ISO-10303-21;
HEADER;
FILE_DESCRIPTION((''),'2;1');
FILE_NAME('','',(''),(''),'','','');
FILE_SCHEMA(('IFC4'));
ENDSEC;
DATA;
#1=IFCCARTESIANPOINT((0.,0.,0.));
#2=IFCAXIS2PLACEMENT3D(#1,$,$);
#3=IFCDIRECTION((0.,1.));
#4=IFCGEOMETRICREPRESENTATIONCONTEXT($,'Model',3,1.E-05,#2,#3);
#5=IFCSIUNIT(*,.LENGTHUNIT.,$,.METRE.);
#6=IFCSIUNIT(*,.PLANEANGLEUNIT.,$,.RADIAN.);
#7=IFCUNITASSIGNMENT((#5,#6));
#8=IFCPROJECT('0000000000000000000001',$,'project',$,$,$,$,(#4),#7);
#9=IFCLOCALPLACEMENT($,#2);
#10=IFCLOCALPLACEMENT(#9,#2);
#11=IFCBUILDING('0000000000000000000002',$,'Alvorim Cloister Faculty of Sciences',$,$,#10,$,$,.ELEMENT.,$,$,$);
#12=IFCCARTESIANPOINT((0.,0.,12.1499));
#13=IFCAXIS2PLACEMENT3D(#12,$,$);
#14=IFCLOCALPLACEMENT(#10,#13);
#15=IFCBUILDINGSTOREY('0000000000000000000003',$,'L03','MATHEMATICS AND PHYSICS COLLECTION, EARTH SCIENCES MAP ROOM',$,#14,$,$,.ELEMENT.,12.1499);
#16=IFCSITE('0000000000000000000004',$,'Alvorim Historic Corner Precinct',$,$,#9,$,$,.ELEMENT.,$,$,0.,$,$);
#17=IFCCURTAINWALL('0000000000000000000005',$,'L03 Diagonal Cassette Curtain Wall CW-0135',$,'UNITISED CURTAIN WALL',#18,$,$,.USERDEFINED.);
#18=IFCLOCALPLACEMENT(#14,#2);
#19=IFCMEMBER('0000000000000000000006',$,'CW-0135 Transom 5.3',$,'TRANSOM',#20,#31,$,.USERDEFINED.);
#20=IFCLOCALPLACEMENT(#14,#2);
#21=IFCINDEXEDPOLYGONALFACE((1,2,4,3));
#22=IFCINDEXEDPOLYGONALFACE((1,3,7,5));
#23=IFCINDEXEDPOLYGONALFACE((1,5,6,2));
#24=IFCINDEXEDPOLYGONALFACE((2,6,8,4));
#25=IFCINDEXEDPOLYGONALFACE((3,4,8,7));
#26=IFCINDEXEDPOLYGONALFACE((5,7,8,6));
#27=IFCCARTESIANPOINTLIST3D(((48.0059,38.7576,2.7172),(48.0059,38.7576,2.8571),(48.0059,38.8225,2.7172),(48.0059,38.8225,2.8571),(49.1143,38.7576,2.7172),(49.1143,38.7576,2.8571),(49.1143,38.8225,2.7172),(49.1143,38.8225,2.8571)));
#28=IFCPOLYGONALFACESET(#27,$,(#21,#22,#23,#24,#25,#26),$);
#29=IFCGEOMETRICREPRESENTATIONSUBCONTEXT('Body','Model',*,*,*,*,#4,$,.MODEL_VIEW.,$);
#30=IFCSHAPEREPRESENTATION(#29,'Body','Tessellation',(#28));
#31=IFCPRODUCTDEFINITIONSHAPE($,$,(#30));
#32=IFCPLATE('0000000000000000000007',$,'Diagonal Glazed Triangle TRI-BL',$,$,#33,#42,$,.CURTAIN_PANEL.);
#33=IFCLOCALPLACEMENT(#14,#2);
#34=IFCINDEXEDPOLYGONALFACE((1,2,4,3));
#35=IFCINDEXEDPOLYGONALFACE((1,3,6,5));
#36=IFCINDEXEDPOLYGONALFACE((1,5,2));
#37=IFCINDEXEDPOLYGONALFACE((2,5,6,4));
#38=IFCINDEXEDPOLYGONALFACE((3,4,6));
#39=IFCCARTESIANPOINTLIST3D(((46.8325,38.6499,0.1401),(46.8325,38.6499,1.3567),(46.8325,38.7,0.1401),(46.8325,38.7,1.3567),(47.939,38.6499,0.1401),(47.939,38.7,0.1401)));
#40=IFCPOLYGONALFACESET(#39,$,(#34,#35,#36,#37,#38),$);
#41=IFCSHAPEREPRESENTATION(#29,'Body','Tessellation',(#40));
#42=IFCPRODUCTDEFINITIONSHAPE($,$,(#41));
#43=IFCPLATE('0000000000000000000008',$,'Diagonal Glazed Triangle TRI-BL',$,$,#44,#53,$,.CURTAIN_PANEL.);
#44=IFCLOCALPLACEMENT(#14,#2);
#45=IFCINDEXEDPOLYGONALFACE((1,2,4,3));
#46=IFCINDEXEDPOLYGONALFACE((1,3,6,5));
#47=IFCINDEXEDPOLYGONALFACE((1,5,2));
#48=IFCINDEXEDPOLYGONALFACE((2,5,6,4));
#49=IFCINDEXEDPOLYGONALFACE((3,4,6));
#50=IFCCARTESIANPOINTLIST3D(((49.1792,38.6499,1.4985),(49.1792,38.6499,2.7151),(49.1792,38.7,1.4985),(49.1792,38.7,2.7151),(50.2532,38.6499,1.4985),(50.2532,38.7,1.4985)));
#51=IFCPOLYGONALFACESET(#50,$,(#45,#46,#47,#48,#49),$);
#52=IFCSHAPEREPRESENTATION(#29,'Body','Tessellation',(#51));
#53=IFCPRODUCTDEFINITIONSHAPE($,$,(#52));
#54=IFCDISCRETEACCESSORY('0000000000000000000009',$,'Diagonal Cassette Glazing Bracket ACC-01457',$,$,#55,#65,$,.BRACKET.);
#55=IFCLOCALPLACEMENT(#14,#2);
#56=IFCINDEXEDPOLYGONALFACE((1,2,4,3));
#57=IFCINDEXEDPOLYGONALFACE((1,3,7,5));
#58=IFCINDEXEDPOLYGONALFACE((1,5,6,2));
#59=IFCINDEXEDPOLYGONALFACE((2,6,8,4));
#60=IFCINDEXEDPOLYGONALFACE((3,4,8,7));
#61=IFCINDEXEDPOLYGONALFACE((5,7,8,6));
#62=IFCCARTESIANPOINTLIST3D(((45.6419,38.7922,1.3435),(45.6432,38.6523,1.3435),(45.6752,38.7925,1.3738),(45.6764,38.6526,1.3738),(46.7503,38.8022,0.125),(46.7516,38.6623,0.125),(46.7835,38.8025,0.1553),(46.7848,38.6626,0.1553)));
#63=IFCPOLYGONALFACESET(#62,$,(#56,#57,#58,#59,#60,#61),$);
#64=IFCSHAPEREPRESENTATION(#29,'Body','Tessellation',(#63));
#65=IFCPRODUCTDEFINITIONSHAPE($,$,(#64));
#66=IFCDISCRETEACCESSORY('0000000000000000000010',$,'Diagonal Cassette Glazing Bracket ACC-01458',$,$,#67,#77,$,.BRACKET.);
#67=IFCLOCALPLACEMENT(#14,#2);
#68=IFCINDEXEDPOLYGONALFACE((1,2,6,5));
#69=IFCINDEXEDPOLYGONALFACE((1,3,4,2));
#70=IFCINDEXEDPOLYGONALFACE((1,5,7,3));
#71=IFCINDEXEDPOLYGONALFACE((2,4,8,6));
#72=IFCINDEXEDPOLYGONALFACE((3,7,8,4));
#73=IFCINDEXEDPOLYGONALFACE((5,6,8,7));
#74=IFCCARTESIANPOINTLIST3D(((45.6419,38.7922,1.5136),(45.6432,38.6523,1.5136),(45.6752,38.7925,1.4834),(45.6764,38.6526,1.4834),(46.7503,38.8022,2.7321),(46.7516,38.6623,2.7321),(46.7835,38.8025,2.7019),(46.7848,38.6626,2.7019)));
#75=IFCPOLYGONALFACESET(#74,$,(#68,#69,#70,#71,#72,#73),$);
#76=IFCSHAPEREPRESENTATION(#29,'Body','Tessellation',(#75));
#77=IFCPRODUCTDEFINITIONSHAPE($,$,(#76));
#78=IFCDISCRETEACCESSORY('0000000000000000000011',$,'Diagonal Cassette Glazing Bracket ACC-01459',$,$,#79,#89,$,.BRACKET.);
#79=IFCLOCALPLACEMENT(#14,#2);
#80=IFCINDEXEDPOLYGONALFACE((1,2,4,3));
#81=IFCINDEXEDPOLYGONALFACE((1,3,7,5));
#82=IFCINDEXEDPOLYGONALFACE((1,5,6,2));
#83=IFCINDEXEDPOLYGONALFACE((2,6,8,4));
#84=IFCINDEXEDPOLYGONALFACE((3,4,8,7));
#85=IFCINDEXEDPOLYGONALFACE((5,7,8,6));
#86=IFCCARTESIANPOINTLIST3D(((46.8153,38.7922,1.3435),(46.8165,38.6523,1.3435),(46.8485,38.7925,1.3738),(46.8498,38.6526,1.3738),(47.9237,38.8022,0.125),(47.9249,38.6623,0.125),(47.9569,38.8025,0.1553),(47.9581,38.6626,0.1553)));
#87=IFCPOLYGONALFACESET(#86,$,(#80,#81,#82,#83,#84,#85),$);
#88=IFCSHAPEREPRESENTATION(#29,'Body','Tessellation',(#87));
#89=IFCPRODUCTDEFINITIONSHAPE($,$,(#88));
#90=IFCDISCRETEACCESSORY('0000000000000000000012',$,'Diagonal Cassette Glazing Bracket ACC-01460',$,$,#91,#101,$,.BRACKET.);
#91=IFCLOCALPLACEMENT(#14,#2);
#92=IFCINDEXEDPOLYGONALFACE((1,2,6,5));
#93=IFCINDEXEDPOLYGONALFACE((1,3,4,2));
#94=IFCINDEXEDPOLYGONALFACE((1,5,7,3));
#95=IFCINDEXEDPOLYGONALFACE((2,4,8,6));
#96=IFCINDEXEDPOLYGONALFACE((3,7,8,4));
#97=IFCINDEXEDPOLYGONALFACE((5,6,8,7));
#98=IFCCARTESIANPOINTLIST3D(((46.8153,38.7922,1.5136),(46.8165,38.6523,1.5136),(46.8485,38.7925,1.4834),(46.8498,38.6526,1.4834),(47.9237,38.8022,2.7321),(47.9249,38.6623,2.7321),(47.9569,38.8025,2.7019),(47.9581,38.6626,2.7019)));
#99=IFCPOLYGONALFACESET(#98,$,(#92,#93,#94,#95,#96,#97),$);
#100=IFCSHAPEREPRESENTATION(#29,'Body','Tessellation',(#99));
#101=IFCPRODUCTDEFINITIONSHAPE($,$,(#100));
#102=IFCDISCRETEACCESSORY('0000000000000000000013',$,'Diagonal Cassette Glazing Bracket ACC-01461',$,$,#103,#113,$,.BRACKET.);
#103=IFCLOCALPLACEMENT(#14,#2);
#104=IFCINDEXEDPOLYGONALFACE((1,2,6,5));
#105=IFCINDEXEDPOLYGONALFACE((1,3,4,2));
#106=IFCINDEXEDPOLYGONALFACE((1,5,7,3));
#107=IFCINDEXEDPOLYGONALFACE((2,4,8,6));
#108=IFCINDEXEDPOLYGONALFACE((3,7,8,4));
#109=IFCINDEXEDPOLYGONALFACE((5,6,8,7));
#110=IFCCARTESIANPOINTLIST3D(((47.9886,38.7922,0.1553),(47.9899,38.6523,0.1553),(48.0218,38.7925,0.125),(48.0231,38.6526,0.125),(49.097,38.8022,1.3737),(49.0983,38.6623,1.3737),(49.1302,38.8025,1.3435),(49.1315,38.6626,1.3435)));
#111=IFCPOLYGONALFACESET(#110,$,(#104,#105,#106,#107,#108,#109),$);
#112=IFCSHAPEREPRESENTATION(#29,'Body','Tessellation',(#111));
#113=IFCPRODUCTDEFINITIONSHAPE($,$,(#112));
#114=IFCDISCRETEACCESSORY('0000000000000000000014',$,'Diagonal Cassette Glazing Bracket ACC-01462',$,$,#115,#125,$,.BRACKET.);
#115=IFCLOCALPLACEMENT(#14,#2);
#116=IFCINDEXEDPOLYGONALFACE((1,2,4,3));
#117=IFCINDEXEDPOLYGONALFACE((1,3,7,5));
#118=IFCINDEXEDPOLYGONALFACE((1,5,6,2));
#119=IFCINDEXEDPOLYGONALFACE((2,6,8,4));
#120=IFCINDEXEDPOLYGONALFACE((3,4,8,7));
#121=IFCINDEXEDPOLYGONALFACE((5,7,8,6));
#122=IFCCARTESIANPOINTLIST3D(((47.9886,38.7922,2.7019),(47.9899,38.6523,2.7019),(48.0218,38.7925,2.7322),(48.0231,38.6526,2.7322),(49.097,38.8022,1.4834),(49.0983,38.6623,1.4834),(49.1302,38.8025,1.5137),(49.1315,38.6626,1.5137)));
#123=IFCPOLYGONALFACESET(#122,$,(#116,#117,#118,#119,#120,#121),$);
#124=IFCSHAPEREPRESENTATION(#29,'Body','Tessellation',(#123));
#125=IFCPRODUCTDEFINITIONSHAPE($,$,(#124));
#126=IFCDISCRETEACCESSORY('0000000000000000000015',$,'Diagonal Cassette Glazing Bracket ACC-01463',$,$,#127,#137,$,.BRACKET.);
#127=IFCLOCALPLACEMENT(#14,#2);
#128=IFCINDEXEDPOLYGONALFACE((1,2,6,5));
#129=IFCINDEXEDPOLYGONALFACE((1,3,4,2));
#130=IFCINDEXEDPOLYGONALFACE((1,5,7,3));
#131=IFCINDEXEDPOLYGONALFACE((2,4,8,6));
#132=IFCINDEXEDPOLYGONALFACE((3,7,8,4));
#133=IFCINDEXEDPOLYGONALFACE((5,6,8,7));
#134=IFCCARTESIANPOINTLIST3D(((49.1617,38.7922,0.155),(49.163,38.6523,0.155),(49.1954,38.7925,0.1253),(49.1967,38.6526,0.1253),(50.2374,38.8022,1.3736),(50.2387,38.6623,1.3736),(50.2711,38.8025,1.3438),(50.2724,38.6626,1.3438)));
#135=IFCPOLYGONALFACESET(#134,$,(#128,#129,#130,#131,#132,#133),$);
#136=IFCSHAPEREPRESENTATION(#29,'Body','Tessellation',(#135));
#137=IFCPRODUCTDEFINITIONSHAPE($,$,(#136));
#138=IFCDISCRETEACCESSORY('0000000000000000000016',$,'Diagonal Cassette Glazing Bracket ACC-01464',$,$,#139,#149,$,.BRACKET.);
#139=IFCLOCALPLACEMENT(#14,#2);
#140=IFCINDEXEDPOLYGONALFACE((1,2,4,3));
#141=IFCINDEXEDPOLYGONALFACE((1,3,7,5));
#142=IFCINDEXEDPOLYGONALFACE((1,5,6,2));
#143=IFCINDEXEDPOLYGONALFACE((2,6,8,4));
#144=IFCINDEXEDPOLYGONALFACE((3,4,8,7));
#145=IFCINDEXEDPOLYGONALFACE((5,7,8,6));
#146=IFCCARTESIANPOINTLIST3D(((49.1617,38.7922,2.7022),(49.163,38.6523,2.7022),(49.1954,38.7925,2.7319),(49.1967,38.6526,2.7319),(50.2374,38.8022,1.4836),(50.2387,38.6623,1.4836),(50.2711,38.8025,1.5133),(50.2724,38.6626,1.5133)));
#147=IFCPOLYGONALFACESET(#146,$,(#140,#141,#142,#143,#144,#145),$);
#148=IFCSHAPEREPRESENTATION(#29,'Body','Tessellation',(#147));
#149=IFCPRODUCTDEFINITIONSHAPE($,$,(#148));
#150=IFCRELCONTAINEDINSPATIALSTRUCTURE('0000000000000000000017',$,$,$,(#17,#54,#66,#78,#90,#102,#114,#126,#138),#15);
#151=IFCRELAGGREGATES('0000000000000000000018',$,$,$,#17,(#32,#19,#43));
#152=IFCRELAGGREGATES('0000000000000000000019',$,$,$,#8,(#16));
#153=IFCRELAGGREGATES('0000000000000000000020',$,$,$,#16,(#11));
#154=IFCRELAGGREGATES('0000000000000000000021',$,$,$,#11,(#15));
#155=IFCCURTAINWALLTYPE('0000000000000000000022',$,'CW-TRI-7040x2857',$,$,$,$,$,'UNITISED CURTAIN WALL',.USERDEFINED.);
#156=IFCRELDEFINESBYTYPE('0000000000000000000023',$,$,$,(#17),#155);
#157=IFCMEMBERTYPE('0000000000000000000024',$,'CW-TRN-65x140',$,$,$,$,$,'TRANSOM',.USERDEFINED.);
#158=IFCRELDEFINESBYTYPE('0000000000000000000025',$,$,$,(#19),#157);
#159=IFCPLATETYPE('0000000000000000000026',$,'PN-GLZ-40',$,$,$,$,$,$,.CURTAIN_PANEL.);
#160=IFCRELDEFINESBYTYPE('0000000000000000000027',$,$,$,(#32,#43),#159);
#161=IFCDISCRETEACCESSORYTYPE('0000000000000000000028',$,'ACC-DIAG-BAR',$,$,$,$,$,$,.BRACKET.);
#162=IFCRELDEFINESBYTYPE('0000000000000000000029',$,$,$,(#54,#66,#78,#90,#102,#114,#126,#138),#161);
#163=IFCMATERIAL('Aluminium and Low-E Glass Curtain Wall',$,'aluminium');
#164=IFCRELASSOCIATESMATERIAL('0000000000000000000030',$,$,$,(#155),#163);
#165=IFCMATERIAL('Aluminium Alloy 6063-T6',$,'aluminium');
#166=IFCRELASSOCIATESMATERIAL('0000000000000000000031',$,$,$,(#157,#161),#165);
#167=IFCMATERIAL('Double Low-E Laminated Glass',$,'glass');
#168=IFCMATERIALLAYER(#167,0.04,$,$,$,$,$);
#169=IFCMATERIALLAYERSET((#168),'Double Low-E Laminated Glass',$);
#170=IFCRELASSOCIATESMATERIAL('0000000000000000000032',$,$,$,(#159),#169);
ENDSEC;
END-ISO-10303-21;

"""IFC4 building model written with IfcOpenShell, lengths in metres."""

from ifc_helpers import new_model, si_unit, direction, frame, origin, origin_2d, place, context, subcontext, project, spatial, polyline, rectangle, outline, extrude, material, layer, layer_set, material_profile, profile_set, type_object, element, aggregate, save


model = new_model("IFC4")

# Units and contexts
model_context = context("Model", 3, precision=1e-05, world=origin(), true_north=direction((0.0, 1.0)))
body_context = subcontext(model_context, "Body", "Model", "MODEL_VIEW")
ifc_project = project(units=[si_unit("LENGTHUNIT", "METRE"), si_unit("PLANEANGLEUNIT", "RADIAN")], contexts=[model_context])

# Site, building, storey
site_placement = place(None, origin())
site = spatial("IfcSite", under=ifc_project, at=site_placement, Name="Alvorim Historic Corner Precinct", CompositionType="ELEMENT", RefElevation=0.0)
building_placement = place(site_placement, origin())
building = spatial("IfcBuilding", under=site, at=building_placement, Name="Alvorim Cloister Faculty of Sciences", CompositionType="ELEMENT")
storey_placement = place(building_placement, frame((0.0, 0.0, 12.1499)))
storey = spatial("IfcBuildingStorey", under=building, at=storey_placement, Name="L03", Description="MATHEMATICS AND PHYSICS COLLECTION, EARTH SCIENCES MAP ROOM", CompositionType="ELEMENT", Elevation=12.1499)

# Curtain wall, member, plates
ifc_material_1 = material(Name="Aluminium and Low-E Glass Curtain Wall", Category="aluminium")
curtain_wall_type = type_object("IfcCurtainWallType", Name="CW-TRI-7040x2857", ElementType="UNITISED CURTAIN WALL", PredefinedType="USERDEFINED", material=ifc_material_1)
curtain_wall_placement = place(storey_placement, origin())
curtain_wall = element("IfcCurtainWall", 1, at=curtain_wall_placement, inside=storey, type_object=curtain_wall_type, Name="L03 Diagonal Cassette Curtain Wall CW-0135", ObjectType="UNITISED CURTAIN WALL", PredefinedType="USERDEFINED")
ifc_material_2 = material(Name="Aluminium Alloy 6063-T6", Category="aluminium")
ifc_material_profile_1 = material_profile(ifc_material_2, rectangle(XDim=0.0649, YDim=0.1399, at=origin_2d()), Name="ALU-TRN-65x140")
ifc_profile_set_1 = profile_set([ifc_material_profile_1], Name="Aluminium Alloy 6063-T6")
member_type_1 = type_object("IfcMemberType", Name="CW-TRN-65x140", ElementType="TRANSOM", PredefinedType="USERDEFINED", material=ifc_profile_set_1)
member_1_placement = place(storey_placement, frame((48.0059, 38.79, 2.7871), z_axis=(1.0, 0.0, 0.0), x_axis=(0.0, 1.0, 0.0)))
member_1 = element("IfcMember", 2, at=member_1_placement, type_object=member_type_1, Name="CW-0135 Transom 5.3", ObjectType="TRANSOM", PredefinedType="USERDEFINED", context=body_context, shape_type="SweptSolid", body=[
    extrude(rectangle(XDim=0.0649, YDim=0.1399, at=origin_2d()), origin(), (0.0, 0.0, 1.0), 1.1084),
])
ifc_material_3 = material(Name="Double Low-E Laminated Glass", Category="glass")
ifc_layer = layer(ifc_material_3, 0.04)
ifc_layer_set = layer_set([ifc_layer], Name="Double Low-E Laminated Glass")
plate_type = type_object("IfcPlateType", Name="PN-GLZ-40", PredefinedType="CURTAIN_PANEL", material=ifc_layer_set)
plate_1_placement = place(storey_placement, frame((46.8325, 38.675, 0.1401), z_axis=(0.0, 0.0, 1.0), x_axis=(1.0, 0.0, 0.0)))
plate_1 = element("IfcPlate", 3, at=plate_1_placement, type_object=plate_type, Name="Diagonal Glazed Triangle TRI-BL", PredefinedType="CURTAIN_PANEL", context=body_context, shape_type="SweptSolid", body=[
    extrude(outline(polyline([(0.0, 0.0), (1.1064, 0.0), (0.0, 1.2166), (0.0, 0.0)])), frame((0.0, 0.0249, 0.0), z_axis=(0.0, -1.0, 0.0), x_axis=(1.0, 0.0, 0.0)), (0.0, 0.0, 1.0), 0.05),
])
plate_2_placement = place(storey_placement, frame((49.1792, 38.675, 1.4985), z_axis=(0.0, 0.0, 1.0), x_axis=(1.0, 0.0, 0.0)))
plate_2 = element("IfcPlate", 4, at=plate_2_placement, type_object=plate_type, Name="Diagonal Glazed Triangle TRI-BL", PredefinedType="CURTAIN_PANEL", context=body_context, shape_type="SweptSolid", body=[
    extrude(outline(polyline([(0.0, 0.0), (1.074, 0.0), (0.0, 1.2166), (0.0, 0.0)])), frame((0.0, 0.0249, 0.0), z_axis=(0.0, -1.0, 0.0), x_axis=(1.0, 0.0, 0.0)), (0.0, 0.0, 1.0), 0.05),
])
aggregate(curtain_wall, [plate_1, member_1, plate_2])

# Discrete accessories
discrete_accessory_type = type_object("IfcDiscreteAccessoryType", Name="ACC-DIAG-BAR", PredefinedType="BRACKET", material=ifc_material_2)
for number, where, z_axis, x_axis, name in (
    (5, (45.6592, 38.7224, 1.3586), (0.672882, 0.006077, -0.739725), (-0.00903, 0.999959, 0.0), "Diagonal Cassette Glazing Bracket ACC-01457"),
    (6, (45.6592, 38.7224, 1.4985), (0.672882, 0.006077, 0.739725), (-0.00903, 0.999959, 0.0), "Diagonal Cassette Glazing Bracket ACC-01458"),
    (7, (46.8325, 38.7224, 1.3586), (0.672882, 0.006077, -0.739725), (-0.00903, 0.999959, 0.0), "Diagonal Cassette Glazing Bracket ACC-01459"),
    (8, (46.8325, 38.7224, 1.4985), (0.672882, 0.006077, 0.739725), (-0.00903, 0.999959, 0.0), "Diagonal Cassette Glazing Bracket ACC-01460"),
    (9, (48.0059, 38.7224, 0.1401), (0.672882, 0.006077, 0.739725), (-0.00903, 0.999959, 0.0), "Diagonal Cassette Glazing Bracket ACC-01461"),
    (10, (48.0059, 38.7224, 2.717), (0.672882, 0.006077, -0.739725), (-0.00903, 0.999959, 0.0), "Diagonal Cassette Glazing Bracket ACC-01462"),
):
    element("IfcDiscreteAccessory", number, at=place(storey_placement, frame(where, z_axis=z_axis, x_axis=x_axis)), inside=storey, type_object=discrete_accessory_type, Name=name, PredefinedType="BRACKET", context=body_context, shape_type="SweptSolid", body=[
        extrude(rectangle(XDim=0.1399, YDim=0.0449, at=origin_2d()), origin(), (0.0, 0.0, 1.0), 1.6472),
    ])
for number, where, z_axis, x_axis, name in (
    (11, (49.1792, 38.7224, 0.1401), (0.661793, 0.006158, 0.749661), (-0.009305, 0.999957, 0.0), "Diagonal Cassette Glazing Bracket ACC-01463"),
    (12, (49.1792, 38.7224, 2.717), (0.661793, 0.006158, -0.749661), (-0.009305, 0.999957, 0.0), "Diagonal Cassette Glazing Bracket ACC-01464"),
):
    element("IfcDiscreteAccessory", number, at=place(storey_placement, frame(where, z_axis=z_axis, x_axis=x_axis)), inside=storey, type_object=discrete_accessory_type, Name=name, PredefinedType="BRACKET", context=body_context, shape_type="SweptSolid", body=[
        extrude(rectangle(XDim=0.1399, YDim=0.0449, at=origin_2d()), origin(), (0.0, 0.0, 1.0), 1.6255),
    ])

save(model, "model.ifc")
